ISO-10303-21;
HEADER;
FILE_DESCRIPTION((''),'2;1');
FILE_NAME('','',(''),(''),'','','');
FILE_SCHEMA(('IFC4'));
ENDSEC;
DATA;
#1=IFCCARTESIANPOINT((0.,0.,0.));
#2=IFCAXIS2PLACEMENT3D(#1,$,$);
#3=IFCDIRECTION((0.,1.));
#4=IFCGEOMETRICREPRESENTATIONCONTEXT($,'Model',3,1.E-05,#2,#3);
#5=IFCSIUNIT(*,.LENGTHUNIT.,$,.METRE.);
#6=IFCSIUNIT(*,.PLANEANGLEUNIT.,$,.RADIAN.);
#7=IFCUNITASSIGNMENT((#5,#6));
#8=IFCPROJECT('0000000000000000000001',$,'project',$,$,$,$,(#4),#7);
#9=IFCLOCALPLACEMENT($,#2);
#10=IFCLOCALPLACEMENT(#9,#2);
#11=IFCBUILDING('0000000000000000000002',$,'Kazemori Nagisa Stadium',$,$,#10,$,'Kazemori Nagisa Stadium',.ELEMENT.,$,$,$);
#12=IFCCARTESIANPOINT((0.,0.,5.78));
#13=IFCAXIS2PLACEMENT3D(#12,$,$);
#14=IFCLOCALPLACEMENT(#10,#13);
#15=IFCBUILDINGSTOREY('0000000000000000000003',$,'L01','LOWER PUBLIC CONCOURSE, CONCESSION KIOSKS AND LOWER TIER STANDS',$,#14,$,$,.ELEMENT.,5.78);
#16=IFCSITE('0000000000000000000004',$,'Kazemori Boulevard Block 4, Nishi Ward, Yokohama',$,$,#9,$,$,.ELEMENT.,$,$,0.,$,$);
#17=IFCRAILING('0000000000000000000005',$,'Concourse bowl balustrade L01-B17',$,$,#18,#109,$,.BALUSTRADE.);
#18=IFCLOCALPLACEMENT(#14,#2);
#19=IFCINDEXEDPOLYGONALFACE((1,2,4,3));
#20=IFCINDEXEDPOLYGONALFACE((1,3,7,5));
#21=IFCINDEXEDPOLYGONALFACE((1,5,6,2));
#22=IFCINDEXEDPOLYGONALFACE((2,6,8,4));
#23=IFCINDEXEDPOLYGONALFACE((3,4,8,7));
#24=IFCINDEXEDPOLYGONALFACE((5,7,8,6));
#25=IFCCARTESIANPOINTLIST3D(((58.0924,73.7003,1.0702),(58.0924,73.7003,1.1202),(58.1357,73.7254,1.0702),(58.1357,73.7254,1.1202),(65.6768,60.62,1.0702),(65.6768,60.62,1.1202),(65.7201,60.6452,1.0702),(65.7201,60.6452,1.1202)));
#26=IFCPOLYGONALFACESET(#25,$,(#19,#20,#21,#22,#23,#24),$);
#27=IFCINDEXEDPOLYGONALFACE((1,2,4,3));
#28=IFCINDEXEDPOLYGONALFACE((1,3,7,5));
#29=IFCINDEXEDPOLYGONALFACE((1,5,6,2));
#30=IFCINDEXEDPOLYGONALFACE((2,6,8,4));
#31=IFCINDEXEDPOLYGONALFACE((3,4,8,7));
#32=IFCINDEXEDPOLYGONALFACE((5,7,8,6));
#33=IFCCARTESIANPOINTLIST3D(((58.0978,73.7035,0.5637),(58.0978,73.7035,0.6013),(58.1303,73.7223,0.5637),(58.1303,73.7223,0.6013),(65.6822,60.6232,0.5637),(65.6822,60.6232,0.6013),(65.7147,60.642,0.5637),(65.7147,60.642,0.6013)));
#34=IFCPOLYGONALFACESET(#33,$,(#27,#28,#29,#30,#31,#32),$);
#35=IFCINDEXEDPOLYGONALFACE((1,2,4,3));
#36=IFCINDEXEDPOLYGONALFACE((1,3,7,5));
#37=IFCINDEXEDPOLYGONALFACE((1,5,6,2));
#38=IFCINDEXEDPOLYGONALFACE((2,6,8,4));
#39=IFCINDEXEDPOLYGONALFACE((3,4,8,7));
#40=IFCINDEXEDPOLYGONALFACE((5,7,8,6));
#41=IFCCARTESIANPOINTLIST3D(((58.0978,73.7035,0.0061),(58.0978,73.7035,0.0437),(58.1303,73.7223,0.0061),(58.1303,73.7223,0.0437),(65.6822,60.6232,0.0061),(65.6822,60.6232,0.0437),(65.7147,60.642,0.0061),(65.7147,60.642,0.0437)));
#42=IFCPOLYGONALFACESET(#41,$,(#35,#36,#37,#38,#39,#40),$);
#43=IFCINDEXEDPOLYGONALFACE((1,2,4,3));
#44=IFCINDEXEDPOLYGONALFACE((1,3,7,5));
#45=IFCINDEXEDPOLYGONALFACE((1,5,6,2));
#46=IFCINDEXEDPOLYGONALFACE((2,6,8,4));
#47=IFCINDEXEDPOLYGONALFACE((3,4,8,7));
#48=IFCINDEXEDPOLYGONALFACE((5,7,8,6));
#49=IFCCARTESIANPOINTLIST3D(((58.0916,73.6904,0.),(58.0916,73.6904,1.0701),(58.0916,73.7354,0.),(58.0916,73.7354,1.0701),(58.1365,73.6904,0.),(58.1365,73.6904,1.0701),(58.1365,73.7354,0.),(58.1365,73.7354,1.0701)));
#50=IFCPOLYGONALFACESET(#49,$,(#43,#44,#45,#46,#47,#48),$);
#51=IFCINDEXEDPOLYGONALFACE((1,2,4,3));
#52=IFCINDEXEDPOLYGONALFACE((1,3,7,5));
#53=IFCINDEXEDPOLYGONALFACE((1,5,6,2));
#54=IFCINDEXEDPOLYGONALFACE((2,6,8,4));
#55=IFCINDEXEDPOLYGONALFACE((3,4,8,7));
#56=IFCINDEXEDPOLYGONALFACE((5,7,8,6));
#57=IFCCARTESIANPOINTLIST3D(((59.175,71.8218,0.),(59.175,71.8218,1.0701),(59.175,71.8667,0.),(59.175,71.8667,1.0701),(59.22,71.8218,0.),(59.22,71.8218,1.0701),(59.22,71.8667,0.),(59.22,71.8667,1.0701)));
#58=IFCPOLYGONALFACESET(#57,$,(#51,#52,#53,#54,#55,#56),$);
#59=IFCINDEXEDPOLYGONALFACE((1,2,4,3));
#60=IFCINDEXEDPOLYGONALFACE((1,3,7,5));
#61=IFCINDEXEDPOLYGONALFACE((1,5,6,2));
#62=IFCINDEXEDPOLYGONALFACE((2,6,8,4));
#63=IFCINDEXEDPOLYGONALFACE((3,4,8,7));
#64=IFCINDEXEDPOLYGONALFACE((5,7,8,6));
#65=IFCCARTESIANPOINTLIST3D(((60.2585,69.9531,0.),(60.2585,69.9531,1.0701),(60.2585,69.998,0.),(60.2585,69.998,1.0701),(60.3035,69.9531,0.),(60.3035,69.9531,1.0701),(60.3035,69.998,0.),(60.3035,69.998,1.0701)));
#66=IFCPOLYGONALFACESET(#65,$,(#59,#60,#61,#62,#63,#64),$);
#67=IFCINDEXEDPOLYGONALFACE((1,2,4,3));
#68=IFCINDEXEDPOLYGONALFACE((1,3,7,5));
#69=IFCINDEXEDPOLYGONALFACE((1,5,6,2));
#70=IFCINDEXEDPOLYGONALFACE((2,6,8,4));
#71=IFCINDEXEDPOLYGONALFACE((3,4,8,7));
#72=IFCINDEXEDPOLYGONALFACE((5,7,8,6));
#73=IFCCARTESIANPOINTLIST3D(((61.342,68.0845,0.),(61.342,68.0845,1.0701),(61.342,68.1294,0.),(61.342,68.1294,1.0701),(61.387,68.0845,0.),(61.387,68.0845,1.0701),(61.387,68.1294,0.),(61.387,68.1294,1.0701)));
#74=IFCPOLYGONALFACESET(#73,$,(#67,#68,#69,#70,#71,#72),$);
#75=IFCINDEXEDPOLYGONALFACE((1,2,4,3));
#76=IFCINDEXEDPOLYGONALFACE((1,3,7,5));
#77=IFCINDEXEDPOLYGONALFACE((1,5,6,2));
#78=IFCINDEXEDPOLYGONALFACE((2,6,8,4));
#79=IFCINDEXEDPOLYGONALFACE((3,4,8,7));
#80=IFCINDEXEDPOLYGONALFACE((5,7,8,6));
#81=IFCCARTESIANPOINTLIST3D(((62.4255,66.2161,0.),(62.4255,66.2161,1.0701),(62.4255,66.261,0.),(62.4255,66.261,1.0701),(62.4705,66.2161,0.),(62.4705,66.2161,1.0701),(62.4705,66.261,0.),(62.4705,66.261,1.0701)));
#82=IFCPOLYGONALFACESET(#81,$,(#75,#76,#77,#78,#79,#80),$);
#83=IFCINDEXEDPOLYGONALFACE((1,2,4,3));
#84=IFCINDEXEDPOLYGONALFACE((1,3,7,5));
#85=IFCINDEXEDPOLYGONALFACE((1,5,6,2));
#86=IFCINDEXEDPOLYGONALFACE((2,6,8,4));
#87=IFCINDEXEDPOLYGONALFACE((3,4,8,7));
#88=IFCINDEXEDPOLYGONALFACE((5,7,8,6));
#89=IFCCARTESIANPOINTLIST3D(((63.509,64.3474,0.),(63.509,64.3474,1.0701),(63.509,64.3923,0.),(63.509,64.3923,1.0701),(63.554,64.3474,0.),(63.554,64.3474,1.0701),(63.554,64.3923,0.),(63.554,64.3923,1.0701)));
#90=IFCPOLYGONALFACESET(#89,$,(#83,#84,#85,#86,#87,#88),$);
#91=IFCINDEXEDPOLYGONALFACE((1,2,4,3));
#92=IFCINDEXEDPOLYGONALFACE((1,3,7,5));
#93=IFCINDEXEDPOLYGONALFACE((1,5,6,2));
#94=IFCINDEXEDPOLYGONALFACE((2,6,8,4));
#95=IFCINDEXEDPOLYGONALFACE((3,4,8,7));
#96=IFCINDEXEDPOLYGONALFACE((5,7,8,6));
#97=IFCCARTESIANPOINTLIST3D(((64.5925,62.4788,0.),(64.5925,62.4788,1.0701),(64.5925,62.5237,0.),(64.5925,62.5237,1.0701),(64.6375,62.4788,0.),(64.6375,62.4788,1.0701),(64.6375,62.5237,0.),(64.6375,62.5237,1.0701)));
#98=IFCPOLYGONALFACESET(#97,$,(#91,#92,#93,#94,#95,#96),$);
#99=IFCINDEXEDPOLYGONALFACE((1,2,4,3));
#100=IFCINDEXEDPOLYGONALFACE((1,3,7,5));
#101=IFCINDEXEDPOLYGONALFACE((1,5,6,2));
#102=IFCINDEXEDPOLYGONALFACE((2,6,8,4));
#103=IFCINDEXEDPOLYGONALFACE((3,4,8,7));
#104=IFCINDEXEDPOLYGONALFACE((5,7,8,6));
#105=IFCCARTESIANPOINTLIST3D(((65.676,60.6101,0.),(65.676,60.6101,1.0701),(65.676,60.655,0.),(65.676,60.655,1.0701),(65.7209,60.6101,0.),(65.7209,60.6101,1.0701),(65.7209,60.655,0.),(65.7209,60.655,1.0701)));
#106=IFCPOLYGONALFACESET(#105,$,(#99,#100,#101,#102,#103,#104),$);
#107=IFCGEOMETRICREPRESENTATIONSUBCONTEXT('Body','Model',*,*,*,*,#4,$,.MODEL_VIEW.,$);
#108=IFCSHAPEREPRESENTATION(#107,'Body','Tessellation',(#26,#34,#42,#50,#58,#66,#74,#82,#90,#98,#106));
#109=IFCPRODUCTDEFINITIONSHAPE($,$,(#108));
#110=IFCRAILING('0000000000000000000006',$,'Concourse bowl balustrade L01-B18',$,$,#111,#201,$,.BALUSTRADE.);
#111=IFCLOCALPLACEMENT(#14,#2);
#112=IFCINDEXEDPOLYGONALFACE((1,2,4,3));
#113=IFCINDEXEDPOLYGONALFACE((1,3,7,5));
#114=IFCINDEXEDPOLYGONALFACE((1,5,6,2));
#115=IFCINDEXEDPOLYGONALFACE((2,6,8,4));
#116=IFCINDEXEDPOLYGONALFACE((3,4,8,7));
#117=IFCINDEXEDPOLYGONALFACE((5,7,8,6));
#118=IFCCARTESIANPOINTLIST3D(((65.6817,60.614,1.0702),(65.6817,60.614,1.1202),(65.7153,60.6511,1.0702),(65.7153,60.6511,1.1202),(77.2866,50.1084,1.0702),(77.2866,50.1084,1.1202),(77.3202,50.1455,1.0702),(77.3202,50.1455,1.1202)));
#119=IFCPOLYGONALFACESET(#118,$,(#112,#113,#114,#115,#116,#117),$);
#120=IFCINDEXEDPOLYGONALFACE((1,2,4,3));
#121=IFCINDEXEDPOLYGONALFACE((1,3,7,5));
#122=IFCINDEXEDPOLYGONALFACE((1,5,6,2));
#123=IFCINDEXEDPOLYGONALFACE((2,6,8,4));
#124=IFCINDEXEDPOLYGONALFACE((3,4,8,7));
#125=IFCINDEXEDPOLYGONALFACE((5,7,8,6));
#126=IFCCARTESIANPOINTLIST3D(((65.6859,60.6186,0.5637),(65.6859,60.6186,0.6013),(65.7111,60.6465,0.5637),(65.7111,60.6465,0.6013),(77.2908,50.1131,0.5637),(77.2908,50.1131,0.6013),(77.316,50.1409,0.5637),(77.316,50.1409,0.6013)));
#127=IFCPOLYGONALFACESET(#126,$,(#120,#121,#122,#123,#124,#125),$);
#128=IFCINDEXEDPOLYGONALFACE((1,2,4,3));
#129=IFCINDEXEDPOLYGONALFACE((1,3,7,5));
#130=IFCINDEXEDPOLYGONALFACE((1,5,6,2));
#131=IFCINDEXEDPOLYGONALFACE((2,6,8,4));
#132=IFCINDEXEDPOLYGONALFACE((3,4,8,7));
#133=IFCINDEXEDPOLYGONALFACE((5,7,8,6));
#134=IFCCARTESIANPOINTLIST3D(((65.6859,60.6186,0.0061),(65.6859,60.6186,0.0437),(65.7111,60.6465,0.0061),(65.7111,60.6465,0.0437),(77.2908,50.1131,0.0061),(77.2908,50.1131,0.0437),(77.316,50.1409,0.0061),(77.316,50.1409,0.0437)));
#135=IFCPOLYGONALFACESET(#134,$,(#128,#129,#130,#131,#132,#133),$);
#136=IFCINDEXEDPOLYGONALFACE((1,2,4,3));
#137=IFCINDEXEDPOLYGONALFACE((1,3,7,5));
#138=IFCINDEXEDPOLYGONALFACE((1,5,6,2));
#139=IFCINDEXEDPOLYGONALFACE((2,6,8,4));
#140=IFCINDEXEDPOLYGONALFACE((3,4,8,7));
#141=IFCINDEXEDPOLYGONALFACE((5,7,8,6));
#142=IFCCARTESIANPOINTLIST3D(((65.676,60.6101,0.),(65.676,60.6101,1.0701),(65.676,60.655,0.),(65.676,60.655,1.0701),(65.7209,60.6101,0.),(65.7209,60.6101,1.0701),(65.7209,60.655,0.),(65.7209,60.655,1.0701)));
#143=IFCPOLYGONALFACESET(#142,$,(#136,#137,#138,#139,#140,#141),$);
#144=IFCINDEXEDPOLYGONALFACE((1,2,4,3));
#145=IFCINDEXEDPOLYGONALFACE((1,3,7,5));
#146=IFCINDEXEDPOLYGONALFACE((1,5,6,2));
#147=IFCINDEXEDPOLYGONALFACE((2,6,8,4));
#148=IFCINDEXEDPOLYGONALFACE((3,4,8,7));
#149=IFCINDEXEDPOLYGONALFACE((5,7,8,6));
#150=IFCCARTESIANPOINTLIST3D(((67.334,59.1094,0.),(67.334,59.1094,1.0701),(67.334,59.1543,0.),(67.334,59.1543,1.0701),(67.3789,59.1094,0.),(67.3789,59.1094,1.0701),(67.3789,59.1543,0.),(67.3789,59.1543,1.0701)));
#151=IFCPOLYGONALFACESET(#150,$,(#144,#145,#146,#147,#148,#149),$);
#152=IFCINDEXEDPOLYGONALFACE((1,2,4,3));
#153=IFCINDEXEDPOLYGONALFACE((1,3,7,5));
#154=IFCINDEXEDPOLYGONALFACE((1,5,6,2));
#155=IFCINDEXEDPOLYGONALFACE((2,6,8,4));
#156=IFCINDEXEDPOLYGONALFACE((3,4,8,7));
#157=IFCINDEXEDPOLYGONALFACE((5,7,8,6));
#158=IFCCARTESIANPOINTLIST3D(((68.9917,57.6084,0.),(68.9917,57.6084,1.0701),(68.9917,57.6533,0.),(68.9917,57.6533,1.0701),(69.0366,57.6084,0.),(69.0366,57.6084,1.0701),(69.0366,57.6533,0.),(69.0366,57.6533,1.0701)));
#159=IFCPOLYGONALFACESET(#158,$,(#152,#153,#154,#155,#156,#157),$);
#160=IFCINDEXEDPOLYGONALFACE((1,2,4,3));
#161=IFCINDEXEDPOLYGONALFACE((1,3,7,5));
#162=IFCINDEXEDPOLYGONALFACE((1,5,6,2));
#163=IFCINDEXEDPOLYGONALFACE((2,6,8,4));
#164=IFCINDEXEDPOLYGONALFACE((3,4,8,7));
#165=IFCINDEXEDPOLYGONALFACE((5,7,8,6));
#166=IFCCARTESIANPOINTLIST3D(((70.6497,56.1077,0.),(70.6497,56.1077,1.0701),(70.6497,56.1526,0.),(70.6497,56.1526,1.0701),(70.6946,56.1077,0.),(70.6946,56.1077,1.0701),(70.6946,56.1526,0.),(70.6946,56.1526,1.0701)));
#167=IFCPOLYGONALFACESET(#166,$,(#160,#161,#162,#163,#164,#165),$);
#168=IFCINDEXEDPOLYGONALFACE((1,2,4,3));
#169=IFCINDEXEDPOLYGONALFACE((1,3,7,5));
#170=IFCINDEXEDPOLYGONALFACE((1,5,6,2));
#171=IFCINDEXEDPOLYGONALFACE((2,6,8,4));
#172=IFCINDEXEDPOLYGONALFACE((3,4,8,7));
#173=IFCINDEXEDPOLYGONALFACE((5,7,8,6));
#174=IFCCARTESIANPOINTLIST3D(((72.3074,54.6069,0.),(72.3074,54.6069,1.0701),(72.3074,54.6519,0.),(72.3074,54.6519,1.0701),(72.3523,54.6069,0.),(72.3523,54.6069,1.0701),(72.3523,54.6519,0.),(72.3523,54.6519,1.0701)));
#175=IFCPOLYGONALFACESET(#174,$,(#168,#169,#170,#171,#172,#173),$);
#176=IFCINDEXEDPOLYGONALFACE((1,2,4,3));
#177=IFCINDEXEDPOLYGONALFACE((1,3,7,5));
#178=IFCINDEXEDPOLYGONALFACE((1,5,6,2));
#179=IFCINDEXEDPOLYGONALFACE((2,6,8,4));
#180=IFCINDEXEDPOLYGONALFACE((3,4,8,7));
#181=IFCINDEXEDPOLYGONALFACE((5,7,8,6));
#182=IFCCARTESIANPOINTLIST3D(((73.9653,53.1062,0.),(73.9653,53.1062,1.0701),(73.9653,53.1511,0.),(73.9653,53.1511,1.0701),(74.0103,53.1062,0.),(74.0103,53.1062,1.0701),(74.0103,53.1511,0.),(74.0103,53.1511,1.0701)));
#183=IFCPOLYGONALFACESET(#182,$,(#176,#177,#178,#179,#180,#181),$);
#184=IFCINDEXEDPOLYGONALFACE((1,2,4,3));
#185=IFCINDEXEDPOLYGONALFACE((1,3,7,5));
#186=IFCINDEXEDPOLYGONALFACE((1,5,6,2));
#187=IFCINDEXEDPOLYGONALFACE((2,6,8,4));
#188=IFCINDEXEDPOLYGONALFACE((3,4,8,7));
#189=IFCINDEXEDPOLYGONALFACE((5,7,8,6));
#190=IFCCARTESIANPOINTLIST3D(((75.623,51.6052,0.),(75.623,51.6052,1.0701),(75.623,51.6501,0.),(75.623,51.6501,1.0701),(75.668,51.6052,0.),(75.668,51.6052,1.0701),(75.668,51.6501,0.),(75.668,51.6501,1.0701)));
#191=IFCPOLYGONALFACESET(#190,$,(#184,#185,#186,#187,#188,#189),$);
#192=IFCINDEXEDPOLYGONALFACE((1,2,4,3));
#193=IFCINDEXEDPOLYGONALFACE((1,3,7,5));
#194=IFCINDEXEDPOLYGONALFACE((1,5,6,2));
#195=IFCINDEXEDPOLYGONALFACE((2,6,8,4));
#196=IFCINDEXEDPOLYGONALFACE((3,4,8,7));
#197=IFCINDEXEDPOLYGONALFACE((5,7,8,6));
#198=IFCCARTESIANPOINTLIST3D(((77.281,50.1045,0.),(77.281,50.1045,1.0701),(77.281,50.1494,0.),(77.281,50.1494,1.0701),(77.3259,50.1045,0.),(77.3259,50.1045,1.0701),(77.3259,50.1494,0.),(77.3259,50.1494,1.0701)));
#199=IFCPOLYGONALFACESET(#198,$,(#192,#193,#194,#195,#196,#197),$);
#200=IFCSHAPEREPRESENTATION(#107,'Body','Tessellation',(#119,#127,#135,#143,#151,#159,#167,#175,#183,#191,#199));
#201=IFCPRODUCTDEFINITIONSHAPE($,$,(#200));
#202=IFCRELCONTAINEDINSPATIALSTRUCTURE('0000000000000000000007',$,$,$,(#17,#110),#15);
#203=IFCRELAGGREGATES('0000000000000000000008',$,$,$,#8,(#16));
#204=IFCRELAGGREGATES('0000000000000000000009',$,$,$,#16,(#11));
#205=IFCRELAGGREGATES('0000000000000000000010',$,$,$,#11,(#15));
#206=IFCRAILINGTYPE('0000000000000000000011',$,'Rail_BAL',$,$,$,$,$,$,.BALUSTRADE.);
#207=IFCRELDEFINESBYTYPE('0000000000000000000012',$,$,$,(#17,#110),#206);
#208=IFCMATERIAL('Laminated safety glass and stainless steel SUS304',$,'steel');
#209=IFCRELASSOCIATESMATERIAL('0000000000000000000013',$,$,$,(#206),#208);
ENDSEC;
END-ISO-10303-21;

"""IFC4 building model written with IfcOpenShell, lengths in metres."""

from ifc_helpers import new_model, si_unit, direction, frame, origin, origin_2d, place, context, subcontext, project, spatial, rectangle, extrude, material, type_object, element, save


model = new_model("IFC4")

# Units and contexts
model_context = context("Model", 3, precision=1e-05, world=origin(), true_north=direction((0.0, 1.0)))
body_context = subcontext(model_context, "Body", "Model", "MODEL_VIEW")
ifc_project = project(units=[si_unit("LENGTHUNIT", "METRE"), si_unit("PLANEANGLEUNIT", "RADIAN")], contexts=[model_context])

# Site, building, storey
site_placement = place(None, origin())
site = spatial("IfcSite", under=ifc_project, at=site_placement, Name="Kazemori Boulevard Block 4, Nishi Ward, Yokohama", CompositionType="ELEMENT", RefElevation=0.0)
building_placement = place(site_placement, origin())
building = spatial("IfcBuilding", under=site, at=building_placement, Name="Kazemori Nagisa Stadium", LongName="Kazemori Nagisa Stadium", CompositionType="ELEMENT")
storey_placement = place(building_placement, frame((0.0, 0.0, 5.78)))
storey = spatial("IfcBuildingStorey", under=building, at=storey_placement, Name="L01", Description="LOWER PUBLIC CONCOURSE, CONCESSION KIOSKS AND LOWER TIER STANDS", CompositionType="ELEMENT", Elevation=5.78)

# Railings
ifc_material_1 = material(Name="Laminated safety glass and stainless steel SUS304", Category="steel")
railing_type_1 = type_object("IfcRailingType", Name="Rail_BAL", PredefinedType="BALUSTRADE", material=ifc_material_1)
railing_1_placement = place(storey_placement, frame((58.114, 73.7129, 0.0)))
element("IfcRailing", 1, at=railing_1_placement, inside=storey, type_object=railing_type_1, Name="Concourse bowl balustrade L01-B17", PredefinedType="BALUSTRADE", context=body_context, shape_type="SweptSolid", body=[
    extrude(rectangle(XDim=0.05, YDim=0.05, at=origin_2d()), frame((0.0, 0.0, 1.0952), z_axis=(0.501613, -0.865092, 0.0), x_axis=(0.865092, 0.501613, 0.0)), (0.0, 0.0, 1.0), 15.1201),
    extrude(rectangle(XDim=0.0376, YDim=0.0376, at=origin_2d()), frame((0.0, 0.0, 0.5825), z_axis=(0.501613, -0.865092, 0.0), x_axis=(0.865092, 0.501613, 0.0)), (0.0, 0.0, 1.0), 15.1201),
    extrude(rectangle(XDim=0.0376, YDim=0.0376, at=origin_2d()), frame((0.0, 0.0, 0.0249), z_axis=(0.501613, -0.865092, 0.0), x_axis=(0.865092, 0.501613, 0.0)), (0.0, 0.0, 1.0), 15.1201),
    extrude(rectangle(XDim=0.0449, YDim=0.0449, at=origin_2d()), origin(), (0.0, 0.0, 1.0), 1.0701),
    extrude(rectangle(XDim=0.0449, YDim=0.0449, at=origin_2d()), frame((1.0835, -1.8687, 0.0)), (0.0, 0.0, 1.0), 1.0701),
    extrude(rectangle(XDim=0.0449, YDim=0.0449, at=origin_2d()), frame((2.167, -3.7373, 0.0)), (0.0, 0.0, 1.0), 1.0701),
    extrude(rectangle(XDim=0.0449, YDim=0.0449, at=origin_2d()), frame((3.2505, -5.606, 0.0)), (0.0, 0.0, 1.0), 1.0701),
    extrude(rectangle(XDim=0.0449, YDim=0.0449, at=origin_2d()), frame((4.334, -7.4744, 0.0)), (0.0, 0.0, 1.0), 1.0701),
    extrude(rectangle(XDim=0.0449, YDim=0.0449, at=origin_2d()), frame((5.4175, -9.343, 0.0)), (0.0, 0.0, 1.0), 1.0701),
    extrude(rectangle(XDim=0.0449, YDim=0.0449, at=origin_2d()), frame((6.501, -11.2117, 0.0)), (0.0, 0.0, 1.0), 1.0701),
    extrude(rectangle(XDim=0.0449, YDim=0.0449, at=origin_2d()), frame((7.5845, -13.0803, 0.0)), (0.0, 0.0, 1.0), 1.0701),
])
railing_2_placement = place(storey_placement, frame((65.6985, 60.6326, 0.0)))
element("IfcRailing", 2, at=railing_2_placement, inside=storey, type_object=railing_type_1, Name="Concourse bowl balustrade L01-B18", PredefinedType="BALUSTRADE", context=body_context, shape_type="SweptSolid", body=[
    extrude(rectangle(XDim=0.05, YDim=0.05, at=origin_2d()), frame((0.0, 0.0, 1.0952), z_axis=(0.741349, -0.67112, 0.0), x_axis=(0.67112, 0.741349, 0.0)), (0.0, 0.0, 1.0), 15.6538),
    extrude(rectangle(XDim=0.0376, YDim=0.0376, at=origin_2d()), frame((0.0, 0.0, 0.5825), z_axis=(0.741349, -0.67112, 0.0), x_axis=(0.67112, 0.741349, 0.0)), (0.0, 0.0, 1.0), 15.6538),
    extrude(rectangle(XDim=0.0376, YDim=0.0376, at=origin_2d()), frame((0.0, 0.0, 0.0249), z_axis=(0.741349, -0.67112, 0.0), x_axis=(0.67112, 0.741349, 0.0)), (0.0, 0.0, 1.0), 15.6538),
    extrude(rectangle(XDim=0.0449, YDim=0.0449, at=origin_2d()), origin(), (0.0, 0.0, 1.0), 1.0701),
    extrude(rectangle(XDim=0.0449, YDim=0.0449, at=origin_2d()), frame((1.658, -1.5007, 0.0)), (0.0, 0.0, 1.0), 1.0701),
    extrude(rectangle(XDim=0.0449, YDim=0.0449, at=origin_2d()), frame((3.3157, -3.0017, 0.0)), (0.0, 0.0, 1.0), 1.0701),
    extrude(rectangle(XDim=0.0449, YDim=0.0449, at=origin_2d()), frame((4.9736, -4.5024, 0.0)), (0.0, 0.0, 1.0), 1.0701),
    extrude(rectangle(XDim=0.0449, YDim=0.0449, at=origin_2d()), frame((6.6313, -6.0032, 0.0)), (0.0, 0.0, 1.0), 1.0701),
    extrude(rectangle(XDim=0.0449, YDim=0.0449, at=origin_2d()), frame((8.2893, -7.5039, 0.0)), (0.0, 0.0, 1.0), 1.0701),
    extrude(rectangle(XDim=0.0449, YDim=0.0449, at=origin_2d()), frame((9.947, -9.0049, 0.0)), (0.0, 0.0, 1.0), 1.0701),
    extrude(rectangle(XDim=0.0449, YDim=0.0449, at=origin_2d()), frame((11.605, -10.5056, 0.0)), (0.0, 0.0, 1.0), 1.0701),
])

save(model, "model.ifc")
